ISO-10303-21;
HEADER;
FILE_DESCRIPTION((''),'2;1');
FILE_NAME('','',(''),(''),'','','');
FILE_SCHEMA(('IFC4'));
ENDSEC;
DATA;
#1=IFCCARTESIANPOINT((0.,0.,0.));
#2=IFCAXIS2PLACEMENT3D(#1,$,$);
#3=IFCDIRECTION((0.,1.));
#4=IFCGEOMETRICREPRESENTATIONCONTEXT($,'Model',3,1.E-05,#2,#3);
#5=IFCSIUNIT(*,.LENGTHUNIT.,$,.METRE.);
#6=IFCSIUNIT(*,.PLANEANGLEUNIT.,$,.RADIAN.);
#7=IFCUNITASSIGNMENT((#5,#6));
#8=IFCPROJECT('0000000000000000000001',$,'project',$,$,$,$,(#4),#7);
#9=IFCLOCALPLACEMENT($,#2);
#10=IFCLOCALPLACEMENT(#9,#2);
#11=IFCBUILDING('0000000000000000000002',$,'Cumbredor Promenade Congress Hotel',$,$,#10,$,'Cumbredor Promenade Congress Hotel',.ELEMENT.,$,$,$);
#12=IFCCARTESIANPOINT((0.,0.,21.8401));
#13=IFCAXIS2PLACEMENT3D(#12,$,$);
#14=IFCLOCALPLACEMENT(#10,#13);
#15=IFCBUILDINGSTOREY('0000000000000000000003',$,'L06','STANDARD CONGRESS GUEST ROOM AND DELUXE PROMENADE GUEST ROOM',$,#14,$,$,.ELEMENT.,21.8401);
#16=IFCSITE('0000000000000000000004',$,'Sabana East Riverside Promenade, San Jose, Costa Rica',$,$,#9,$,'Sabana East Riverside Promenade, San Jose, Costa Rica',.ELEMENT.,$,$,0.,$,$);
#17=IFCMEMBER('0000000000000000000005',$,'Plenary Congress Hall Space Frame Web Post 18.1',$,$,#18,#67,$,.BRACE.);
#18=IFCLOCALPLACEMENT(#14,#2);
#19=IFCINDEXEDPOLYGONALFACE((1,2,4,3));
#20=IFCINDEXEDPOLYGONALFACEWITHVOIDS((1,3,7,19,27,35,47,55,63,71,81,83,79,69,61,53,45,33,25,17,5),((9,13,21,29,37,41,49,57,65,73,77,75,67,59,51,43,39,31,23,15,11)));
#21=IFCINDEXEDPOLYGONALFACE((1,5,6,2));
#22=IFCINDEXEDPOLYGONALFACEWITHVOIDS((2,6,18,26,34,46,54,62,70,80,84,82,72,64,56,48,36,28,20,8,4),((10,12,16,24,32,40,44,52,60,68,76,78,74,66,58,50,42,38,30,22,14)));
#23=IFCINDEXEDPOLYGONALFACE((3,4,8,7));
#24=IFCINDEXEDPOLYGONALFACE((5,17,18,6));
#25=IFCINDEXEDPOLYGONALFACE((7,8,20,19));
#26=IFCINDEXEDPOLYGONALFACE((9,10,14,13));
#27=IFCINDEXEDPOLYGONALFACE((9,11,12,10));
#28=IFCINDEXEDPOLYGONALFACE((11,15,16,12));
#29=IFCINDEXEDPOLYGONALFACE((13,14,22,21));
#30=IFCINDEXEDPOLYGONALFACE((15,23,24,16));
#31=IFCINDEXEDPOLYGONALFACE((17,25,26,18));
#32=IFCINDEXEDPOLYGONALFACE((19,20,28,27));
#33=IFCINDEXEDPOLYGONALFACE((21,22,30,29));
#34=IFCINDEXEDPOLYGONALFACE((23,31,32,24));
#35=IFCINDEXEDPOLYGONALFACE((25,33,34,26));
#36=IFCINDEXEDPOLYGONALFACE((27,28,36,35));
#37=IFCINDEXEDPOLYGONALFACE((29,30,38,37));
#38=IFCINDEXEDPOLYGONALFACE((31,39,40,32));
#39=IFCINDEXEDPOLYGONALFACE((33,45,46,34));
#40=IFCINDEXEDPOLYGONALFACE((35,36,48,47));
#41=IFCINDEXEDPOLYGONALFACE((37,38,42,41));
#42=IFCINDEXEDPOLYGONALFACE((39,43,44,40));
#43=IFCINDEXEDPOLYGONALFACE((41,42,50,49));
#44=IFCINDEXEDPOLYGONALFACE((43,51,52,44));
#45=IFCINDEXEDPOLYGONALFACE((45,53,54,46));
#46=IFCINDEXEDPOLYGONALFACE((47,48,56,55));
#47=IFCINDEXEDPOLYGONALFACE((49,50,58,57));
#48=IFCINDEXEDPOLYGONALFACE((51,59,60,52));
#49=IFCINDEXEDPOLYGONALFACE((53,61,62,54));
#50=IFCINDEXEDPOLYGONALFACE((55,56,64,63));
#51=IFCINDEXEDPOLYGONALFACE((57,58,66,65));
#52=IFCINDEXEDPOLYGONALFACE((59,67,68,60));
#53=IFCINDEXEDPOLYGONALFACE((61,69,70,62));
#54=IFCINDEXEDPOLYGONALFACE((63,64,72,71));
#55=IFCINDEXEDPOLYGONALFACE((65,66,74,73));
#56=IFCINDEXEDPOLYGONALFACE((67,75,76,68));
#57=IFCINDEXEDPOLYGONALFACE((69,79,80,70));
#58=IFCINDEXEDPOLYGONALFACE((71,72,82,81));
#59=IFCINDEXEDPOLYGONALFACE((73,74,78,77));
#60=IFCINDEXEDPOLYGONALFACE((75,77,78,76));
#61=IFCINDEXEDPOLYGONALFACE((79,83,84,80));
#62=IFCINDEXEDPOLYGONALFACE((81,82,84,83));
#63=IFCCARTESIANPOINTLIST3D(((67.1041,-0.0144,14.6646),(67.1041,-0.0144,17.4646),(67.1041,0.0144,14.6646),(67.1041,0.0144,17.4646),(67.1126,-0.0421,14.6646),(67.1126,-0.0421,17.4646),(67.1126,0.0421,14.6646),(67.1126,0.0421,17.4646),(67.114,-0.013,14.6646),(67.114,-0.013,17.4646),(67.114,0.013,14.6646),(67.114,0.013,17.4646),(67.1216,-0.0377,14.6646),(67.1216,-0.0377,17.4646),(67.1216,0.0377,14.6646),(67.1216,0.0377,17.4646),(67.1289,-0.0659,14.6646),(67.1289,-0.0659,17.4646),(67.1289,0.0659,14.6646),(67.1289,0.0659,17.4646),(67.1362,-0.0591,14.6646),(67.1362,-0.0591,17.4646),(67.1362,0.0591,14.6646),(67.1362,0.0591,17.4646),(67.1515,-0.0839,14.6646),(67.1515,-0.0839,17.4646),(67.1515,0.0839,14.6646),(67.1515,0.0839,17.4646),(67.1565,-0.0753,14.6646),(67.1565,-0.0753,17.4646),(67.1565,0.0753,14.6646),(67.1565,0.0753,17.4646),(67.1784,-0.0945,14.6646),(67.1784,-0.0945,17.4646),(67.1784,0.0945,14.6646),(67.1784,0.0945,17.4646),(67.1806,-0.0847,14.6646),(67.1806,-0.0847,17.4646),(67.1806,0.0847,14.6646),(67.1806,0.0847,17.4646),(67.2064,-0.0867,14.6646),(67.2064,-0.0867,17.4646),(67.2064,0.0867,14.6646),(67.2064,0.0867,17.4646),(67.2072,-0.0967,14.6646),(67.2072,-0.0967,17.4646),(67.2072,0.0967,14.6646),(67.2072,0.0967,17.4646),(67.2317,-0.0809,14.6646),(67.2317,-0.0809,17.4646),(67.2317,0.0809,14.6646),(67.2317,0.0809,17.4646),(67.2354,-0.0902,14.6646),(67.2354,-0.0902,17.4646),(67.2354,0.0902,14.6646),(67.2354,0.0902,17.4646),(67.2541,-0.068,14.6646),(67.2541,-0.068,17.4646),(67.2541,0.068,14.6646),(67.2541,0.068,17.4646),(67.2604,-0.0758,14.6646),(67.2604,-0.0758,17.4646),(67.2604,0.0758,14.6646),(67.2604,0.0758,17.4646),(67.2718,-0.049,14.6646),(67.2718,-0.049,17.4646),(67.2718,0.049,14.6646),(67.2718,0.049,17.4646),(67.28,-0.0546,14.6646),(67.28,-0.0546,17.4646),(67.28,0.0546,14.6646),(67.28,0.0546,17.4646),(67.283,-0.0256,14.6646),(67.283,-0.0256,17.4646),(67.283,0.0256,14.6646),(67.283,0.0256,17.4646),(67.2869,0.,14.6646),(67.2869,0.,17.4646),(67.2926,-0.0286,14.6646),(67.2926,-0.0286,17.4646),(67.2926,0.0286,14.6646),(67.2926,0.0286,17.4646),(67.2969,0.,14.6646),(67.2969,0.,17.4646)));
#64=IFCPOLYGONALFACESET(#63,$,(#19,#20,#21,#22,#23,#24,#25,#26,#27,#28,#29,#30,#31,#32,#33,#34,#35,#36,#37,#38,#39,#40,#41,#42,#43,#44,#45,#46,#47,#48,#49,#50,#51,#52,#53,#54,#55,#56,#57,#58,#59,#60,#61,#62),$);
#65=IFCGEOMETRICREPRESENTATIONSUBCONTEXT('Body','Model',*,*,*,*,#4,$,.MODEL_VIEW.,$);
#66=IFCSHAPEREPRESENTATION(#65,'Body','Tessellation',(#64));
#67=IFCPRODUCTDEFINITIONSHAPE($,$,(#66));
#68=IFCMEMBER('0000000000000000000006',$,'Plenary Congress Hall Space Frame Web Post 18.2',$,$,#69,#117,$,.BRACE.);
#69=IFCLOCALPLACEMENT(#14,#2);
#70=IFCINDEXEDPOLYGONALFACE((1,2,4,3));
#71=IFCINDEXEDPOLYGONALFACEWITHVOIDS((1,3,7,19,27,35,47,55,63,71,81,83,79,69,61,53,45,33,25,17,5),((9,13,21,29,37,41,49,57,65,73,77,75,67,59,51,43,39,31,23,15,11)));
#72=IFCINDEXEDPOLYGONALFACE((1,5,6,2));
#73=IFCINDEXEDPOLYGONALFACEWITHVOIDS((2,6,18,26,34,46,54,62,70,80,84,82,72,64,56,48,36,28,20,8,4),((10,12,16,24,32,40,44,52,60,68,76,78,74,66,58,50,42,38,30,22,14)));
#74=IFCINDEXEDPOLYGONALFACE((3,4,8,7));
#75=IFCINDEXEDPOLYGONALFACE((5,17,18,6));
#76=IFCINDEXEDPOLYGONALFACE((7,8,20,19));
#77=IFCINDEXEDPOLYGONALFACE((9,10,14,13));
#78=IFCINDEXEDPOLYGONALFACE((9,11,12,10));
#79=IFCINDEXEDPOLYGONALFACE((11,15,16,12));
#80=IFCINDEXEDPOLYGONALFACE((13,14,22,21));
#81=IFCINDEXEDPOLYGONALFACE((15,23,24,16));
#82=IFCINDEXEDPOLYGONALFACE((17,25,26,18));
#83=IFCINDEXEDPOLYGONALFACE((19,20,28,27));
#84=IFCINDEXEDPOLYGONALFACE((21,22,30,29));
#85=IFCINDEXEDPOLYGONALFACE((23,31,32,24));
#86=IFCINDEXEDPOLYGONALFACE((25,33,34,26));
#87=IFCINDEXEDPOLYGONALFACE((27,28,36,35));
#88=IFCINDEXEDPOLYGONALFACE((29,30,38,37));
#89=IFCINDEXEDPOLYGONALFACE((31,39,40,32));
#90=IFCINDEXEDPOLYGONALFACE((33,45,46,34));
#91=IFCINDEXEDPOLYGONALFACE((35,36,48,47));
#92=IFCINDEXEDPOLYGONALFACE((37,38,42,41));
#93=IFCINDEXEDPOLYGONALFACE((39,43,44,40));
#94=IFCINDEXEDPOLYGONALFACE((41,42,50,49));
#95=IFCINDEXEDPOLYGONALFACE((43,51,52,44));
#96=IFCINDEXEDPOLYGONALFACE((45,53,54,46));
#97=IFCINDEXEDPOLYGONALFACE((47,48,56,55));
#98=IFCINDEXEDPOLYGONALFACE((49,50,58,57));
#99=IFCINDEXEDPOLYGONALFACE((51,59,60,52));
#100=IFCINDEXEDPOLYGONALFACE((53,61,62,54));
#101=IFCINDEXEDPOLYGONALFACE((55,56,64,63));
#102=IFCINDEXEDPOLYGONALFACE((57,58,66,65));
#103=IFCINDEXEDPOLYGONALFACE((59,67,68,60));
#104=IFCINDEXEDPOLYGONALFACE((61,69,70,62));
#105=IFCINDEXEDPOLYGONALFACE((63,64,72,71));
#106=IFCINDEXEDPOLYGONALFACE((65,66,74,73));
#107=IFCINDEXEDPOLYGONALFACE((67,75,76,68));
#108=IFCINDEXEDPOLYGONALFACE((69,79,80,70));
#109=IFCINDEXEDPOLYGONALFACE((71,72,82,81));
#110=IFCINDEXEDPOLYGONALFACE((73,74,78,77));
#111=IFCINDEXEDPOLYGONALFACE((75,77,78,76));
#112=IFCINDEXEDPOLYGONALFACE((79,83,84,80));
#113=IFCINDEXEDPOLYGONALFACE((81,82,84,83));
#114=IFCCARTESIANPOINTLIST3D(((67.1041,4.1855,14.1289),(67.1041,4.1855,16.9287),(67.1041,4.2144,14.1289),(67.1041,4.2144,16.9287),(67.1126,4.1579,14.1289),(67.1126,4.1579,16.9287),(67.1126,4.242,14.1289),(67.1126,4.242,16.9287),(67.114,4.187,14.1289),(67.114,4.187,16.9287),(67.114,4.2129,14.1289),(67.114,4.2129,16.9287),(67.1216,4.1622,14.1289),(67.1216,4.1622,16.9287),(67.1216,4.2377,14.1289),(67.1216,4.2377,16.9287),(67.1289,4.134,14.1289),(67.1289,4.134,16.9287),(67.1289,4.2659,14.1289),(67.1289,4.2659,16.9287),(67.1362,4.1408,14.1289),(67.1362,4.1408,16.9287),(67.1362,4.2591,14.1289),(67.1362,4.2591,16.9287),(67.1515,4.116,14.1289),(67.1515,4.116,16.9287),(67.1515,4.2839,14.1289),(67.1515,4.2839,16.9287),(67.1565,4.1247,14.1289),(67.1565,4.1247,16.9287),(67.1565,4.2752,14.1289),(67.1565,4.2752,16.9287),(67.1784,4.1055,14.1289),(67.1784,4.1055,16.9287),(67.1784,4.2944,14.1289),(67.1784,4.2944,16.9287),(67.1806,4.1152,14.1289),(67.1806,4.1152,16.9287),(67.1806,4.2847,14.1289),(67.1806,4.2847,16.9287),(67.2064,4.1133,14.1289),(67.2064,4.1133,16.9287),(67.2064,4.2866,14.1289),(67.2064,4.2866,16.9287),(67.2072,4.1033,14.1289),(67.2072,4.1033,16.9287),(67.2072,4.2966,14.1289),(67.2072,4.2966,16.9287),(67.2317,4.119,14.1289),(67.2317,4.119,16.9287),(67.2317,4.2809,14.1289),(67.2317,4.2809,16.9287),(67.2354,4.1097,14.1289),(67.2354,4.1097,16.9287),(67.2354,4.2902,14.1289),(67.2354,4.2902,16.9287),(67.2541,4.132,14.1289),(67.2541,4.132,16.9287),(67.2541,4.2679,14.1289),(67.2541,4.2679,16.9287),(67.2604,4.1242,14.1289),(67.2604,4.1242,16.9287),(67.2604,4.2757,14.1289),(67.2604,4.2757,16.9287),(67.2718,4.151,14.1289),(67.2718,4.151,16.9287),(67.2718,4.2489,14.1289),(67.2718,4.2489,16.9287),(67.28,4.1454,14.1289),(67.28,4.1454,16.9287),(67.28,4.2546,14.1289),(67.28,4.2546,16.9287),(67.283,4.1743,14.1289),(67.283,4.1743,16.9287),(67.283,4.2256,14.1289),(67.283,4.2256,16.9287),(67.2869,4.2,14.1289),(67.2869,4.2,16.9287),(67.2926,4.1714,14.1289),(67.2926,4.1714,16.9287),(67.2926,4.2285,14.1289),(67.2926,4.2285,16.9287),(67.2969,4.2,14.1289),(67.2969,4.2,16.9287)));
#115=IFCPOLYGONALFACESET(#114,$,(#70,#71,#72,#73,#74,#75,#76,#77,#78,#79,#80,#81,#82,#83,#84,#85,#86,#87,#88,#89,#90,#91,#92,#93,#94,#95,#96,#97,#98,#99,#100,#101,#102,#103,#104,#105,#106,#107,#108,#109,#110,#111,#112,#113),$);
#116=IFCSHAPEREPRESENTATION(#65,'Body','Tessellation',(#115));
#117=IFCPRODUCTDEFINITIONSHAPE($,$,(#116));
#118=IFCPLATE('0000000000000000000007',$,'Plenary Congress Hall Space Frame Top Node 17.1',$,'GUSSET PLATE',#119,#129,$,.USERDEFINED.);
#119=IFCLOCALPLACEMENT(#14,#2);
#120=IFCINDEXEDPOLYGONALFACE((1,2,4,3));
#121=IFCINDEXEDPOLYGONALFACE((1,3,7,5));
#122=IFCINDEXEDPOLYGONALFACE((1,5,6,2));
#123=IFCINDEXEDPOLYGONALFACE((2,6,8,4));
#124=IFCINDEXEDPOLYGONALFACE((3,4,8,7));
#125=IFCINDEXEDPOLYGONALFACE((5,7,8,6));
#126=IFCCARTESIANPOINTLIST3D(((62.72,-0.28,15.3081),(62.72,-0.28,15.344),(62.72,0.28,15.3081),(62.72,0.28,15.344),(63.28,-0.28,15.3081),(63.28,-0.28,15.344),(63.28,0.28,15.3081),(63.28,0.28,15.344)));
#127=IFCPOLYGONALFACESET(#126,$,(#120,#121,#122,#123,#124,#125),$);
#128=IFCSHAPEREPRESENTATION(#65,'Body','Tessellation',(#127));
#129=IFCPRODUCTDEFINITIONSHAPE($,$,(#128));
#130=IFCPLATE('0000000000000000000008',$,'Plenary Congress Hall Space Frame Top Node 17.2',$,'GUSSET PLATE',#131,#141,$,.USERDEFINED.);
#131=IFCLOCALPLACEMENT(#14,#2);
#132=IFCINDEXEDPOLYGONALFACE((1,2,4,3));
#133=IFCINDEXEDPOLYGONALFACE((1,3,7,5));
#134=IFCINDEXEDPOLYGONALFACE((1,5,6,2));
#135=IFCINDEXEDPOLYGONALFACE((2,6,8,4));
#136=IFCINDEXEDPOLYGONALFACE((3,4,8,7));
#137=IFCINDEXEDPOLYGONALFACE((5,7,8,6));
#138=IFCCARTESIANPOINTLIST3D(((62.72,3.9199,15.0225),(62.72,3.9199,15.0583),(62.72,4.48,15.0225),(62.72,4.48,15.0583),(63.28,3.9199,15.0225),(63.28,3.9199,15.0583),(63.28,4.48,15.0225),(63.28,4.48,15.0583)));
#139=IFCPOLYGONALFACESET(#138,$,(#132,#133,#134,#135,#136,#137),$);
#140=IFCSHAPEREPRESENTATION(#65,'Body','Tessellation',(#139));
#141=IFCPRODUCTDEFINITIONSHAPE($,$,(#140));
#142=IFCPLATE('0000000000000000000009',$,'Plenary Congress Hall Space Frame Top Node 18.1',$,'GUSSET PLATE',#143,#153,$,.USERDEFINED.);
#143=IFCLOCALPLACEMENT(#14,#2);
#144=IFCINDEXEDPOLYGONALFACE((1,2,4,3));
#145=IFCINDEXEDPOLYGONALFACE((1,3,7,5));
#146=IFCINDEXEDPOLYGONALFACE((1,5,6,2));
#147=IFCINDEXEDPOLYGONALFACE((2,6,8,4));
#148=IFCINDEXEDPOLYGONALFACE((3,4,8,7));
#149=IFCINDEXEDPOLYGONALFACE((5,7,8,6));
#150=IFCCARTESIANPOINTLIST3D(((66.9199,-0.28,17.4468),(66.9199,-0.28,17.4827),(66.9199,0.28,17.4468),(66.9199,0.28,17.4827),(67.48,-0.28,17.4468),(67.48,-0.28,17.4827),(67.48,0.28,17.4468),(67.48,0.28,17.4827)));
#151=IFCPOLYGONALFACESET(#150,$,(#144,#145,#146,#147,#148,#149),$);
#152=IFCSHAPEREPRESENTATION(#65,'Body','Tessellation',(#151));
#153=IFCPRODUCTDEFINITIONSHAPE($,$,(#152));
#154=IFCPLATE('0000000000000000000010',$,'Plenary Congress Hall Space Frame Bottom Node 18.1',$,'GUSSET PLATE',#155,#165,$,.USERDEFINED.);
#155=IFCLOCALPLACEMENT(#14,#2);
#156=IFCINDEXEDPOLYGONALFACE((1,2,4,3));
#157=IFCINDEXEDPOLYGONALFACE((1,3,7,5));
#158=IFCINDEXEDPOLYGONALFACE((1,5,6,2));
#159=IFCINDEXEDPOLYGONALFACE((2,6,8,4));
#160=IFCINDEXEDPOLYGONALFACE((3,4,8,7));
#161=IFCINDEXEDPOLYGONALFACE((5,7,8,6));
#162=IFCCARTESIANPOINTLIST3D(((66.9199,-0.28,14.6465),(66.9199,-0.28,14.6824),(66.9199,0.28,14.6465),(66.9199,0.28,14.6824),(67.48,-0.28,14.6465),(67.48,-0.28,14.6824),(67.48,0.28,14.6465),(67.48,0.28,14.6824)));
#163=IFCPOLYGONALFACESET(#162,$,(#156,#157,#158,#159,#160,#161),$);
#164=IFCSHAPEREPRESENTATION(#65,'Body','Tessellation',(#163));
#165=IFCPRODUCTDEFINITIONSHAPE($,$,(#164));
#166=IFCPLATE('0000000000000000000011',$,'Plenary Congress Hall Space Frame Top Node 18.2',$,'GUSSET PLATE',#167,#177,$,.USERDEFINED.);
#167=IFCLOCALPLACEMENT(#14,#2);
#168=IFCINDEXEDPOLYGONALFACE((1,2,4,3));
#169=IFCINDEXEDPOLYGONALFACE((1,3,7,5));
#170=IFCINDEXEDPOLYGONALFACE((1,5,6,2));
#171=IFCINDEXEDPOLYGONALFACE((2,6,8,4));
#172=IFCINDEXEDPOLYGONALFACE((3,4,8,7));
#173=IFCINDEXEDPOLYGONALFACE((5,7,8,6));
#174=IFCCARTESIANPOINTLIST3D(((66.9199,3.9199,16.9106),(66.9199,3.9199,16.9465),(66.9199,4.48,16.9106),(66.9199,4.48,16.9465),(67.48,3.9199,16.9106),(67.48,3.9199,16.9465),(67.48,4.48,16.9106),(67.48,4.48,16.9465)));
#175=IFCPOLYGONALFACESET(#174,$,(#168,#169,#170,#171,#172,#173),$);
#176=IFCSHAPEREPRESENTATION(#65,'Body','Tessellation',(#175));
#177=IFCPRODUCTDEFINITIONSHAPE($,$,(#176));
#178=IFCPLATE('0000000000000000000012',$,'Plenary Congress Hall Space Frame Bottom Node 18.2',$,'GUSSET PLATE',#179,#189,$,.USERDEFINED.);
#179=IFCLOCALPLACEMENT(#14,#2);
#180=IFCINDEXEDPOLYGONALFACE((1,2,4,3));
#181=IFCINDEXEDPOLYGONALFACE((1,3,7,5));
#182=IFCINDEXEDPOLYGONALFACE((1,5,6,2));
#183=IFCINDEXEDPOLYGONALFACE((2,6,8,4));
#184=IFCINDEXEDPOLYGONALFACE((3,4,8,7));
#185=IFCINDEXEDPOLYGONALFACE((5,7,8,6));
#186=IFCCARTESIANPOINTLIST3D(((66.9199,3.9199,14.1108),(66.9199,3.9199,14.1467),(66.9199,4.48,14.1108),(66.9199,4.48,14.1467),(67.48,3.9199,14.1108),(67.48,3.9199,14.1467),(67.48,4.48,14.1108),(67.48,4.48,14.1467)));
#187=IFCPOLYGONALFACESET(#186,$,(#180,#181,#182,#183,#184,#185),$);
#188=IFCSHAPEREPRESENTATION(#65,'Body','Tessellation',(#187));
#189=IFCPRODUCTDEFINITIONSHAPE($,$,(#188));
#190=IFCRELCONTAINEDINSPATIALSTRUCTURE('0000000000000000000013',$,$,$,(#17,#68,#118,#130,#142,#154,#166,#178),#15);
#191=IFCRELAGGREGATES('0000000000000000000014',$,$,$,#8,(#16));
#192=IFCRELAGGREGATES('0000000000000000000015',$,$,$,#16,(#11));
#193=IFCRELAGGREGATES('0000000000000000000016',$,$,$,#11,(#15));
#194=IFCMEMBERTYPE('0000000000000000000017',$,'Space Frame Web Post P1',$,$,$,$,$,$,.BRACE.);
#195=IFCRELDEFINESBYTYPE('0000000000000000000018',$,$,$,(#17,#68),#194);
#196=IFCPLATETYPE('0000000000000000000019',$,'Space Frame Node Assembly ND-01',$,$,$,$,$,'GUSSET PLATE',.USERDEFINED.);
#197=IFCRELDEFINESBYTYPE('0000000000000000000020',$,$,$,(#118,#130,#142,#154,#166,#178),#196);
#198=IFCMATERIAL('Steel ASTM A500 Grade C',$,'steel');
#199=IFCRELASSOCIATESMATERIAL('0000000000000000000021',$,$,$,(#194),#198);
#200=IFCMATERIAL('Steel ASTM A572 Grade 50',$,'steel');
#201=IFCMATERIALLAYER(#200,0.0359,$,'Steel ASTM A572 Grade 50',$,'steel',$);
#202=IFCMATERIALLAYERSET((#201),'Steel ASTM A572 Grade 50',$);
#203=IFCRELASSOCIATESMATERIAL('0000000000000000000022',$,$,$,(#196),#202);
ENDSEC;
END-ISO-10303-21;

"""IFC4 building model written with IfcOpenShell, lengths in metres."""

from ifc_helpers import new_model, si_unit, direction, frame, origin, origin_2d, place, context, subcontext, project, spatial, rectangle, hollow_circle, extrude, material, layer, layer_set, material_profile, profile_set, type_object, element, save


model = new_model("IFC4")

# Units and contexts
model_context = context("Model", 3, precision=1e-05, world=origin(), true_north=direction((0.0, 1.0)))
body_context = subcontext(model_context, "Body", "Model", "MODEL_VIEW")
ifc_project = project(units=[si_unit("LENGTHUNIT", "METRE"), si_unit("PLANEANGLEUNIT", "RADIAN")], contexts=[model_context])

# Site, building, storey
site_placement = place(None, origin())
site = spatial("IfcSite", under=ifc_project, at=site_placement, Name="Sabana East Riverside Promenade, San Jose, Costa Rica", LongName="Sabana East Riverside Promenade, San Jose, Costa Rica", CompositionType="ELEMENT", RefElevation=0.0)
building_placement = place(site_placement, origin())
building = spatial("IfcBuilding", under=site, at=building_placement, Name="Cumbredor Promenade Congress Hotel", LongName="Cumbredor Promenade Congress Hotel", CompositionType="ELEMENT")
storey_placement = place(building_placement, frame((0.0, 0.0, 21.8401)))
storey = spatial("IfcBuildingStorey", under=building, at=storey_placement, Name="L06", Description="STANDARD CONGRESS GUEST ROOM AND DELUXE PROMENADE GUEST ROOM", CompositionType="ELEMENT", Elevation=21.8401)

# Members
ifc_material_1 = material(Name="Steel ASTM A500 Grade C", Category="steel")
ifc_material_profile_1 = material_profile(ifc_material_1, hollow_circle(Radius=0.0969, WallThickness=0.01, at=origin_2d()), Name="CHS 193.7x10")
ifc_profile_set_1 = profile_set([ifc_material_profile_1], Name="Steel ASTM A500 Grade C")
member_type_1 = type_object("IfcMemberType", Name="Space Frame Web Post P1", PredefinedType="BRACE", material=ifc_profile_set_1)
member_1_placement = place(storey_placement, frame((67.2, 0.0, 14.6646), z_axis=(0.0, 0.0, 1.0), x_axis=(1.0, 0.0, 0.0)))
element("IfcMember", 1, at=member_1_placement, inside=storey, type_object=member_type_1, Name="Plenary Congress Hall Space Frame Web Post 18.1", PredefinedType="BRACE", context=body_context, shape_type="SweptSolid", body=[
    extrude(hollow_circle(Radius=0.0969, WallThickness=0.01, at=origin_2d()), origin(), (0.0, 0.0, 1.0), 2.8),
])
member_2_placement = place(storey_placement, frame((67.2, 4.2, 14.1289), z_axis=(0.0, 0.0, 1.0), x_axis=(1.0, 0.0, 0.0)))
element("IfcMember", 2, at=member_2_placement, inside=storey, type_object=member_type_1, Name="Plenary Congress Hall Space Frame Web Post 18.2", PredefinedType="BRACE", context=body_context, shape_type="SweptSolid", body=[
    extrude(hollow_circle(Radius=0.0969, WallThickness=0.01, at=origin_2d()), origin(), (0.0, 0.0, 1.0), 2.7998),
])

# Plates
ifc_material_2 = material(Name="Steel ASTM A572 Grade 50", Category="steel")
ifc_layer = layer(ifc_material_2, 0.0359, Name="Steel ASTM A572 Grade 50", Category="steel")
ifc_layer_set = layer_set([ifc_layer], Name="Steel ASTM A572 Grade 50")
plate_type = type_object("IfcPlateType", Name="Space Frame Node Assembly ND-01", ElementType="GUSSET PLATE", PredefinedType="USERDEFINED", material=ifc_layer_set)
for number, where, z_axis, x_axis, name in (
    (3, (63.0, 0.0, 15.3081), (0.0, 0.0, 1.0), (1.0, 0.0, 0.0), "Plenary Congress Hall Space Frame Top Node 17.1"),
    (4, (63.0, 4.2, 15.0225), (0.0, 0.0, 1.0), (1.0, 0.0, 0.0), "Plenary Congress Hall Space Frame Top Node 17.2"),
    (5, (67.2, 0.0, 17.4468), (0.0, 0.0, 1.0), (1.0, 0.0, 0.0), "Plenary Congress Hall Space Frame Top Node 18.1"),
    (6, (67.2, 0.0, 14.6465), (0.0, 0.0, 1.0), (1.0, 0.0, 0.0), "Plenary Congress Hall Space Frame Bottom Node 18.1"),
    (7, (67.2, 4.2, 16.9106), (0.0, 0.0, 1.0), (1.0, 0.0, 0.0), "Plenary Congress Hall Space Frame Top Node 18.2"),
    (8, (67.2, 4.2, 14.1108), (0.0, 0.0, 1.0), (1.0, 0.0, 0.0), "Plenary Congress Hall Space Frame Bottom Node 18.2"),
):
    element("IfcPlate", number, at=place(storey_placement, frame(where, z_axis=z_axis, x_axis=x_axis)), inside=storey, type_object=plate_type, Name=name, ObjectType="GUSSET PLATE", PredefinedType="USERDEFINED", context=body_context, shape_type="SweptSolid", body=[
        extrude(rectangle(XDim=0.5601, YDim=0.5601, at=origin_2d()), origin(), (0.0, 0.0, 1.0), 0.0359),
    ])

save(model, "model.ifc")
